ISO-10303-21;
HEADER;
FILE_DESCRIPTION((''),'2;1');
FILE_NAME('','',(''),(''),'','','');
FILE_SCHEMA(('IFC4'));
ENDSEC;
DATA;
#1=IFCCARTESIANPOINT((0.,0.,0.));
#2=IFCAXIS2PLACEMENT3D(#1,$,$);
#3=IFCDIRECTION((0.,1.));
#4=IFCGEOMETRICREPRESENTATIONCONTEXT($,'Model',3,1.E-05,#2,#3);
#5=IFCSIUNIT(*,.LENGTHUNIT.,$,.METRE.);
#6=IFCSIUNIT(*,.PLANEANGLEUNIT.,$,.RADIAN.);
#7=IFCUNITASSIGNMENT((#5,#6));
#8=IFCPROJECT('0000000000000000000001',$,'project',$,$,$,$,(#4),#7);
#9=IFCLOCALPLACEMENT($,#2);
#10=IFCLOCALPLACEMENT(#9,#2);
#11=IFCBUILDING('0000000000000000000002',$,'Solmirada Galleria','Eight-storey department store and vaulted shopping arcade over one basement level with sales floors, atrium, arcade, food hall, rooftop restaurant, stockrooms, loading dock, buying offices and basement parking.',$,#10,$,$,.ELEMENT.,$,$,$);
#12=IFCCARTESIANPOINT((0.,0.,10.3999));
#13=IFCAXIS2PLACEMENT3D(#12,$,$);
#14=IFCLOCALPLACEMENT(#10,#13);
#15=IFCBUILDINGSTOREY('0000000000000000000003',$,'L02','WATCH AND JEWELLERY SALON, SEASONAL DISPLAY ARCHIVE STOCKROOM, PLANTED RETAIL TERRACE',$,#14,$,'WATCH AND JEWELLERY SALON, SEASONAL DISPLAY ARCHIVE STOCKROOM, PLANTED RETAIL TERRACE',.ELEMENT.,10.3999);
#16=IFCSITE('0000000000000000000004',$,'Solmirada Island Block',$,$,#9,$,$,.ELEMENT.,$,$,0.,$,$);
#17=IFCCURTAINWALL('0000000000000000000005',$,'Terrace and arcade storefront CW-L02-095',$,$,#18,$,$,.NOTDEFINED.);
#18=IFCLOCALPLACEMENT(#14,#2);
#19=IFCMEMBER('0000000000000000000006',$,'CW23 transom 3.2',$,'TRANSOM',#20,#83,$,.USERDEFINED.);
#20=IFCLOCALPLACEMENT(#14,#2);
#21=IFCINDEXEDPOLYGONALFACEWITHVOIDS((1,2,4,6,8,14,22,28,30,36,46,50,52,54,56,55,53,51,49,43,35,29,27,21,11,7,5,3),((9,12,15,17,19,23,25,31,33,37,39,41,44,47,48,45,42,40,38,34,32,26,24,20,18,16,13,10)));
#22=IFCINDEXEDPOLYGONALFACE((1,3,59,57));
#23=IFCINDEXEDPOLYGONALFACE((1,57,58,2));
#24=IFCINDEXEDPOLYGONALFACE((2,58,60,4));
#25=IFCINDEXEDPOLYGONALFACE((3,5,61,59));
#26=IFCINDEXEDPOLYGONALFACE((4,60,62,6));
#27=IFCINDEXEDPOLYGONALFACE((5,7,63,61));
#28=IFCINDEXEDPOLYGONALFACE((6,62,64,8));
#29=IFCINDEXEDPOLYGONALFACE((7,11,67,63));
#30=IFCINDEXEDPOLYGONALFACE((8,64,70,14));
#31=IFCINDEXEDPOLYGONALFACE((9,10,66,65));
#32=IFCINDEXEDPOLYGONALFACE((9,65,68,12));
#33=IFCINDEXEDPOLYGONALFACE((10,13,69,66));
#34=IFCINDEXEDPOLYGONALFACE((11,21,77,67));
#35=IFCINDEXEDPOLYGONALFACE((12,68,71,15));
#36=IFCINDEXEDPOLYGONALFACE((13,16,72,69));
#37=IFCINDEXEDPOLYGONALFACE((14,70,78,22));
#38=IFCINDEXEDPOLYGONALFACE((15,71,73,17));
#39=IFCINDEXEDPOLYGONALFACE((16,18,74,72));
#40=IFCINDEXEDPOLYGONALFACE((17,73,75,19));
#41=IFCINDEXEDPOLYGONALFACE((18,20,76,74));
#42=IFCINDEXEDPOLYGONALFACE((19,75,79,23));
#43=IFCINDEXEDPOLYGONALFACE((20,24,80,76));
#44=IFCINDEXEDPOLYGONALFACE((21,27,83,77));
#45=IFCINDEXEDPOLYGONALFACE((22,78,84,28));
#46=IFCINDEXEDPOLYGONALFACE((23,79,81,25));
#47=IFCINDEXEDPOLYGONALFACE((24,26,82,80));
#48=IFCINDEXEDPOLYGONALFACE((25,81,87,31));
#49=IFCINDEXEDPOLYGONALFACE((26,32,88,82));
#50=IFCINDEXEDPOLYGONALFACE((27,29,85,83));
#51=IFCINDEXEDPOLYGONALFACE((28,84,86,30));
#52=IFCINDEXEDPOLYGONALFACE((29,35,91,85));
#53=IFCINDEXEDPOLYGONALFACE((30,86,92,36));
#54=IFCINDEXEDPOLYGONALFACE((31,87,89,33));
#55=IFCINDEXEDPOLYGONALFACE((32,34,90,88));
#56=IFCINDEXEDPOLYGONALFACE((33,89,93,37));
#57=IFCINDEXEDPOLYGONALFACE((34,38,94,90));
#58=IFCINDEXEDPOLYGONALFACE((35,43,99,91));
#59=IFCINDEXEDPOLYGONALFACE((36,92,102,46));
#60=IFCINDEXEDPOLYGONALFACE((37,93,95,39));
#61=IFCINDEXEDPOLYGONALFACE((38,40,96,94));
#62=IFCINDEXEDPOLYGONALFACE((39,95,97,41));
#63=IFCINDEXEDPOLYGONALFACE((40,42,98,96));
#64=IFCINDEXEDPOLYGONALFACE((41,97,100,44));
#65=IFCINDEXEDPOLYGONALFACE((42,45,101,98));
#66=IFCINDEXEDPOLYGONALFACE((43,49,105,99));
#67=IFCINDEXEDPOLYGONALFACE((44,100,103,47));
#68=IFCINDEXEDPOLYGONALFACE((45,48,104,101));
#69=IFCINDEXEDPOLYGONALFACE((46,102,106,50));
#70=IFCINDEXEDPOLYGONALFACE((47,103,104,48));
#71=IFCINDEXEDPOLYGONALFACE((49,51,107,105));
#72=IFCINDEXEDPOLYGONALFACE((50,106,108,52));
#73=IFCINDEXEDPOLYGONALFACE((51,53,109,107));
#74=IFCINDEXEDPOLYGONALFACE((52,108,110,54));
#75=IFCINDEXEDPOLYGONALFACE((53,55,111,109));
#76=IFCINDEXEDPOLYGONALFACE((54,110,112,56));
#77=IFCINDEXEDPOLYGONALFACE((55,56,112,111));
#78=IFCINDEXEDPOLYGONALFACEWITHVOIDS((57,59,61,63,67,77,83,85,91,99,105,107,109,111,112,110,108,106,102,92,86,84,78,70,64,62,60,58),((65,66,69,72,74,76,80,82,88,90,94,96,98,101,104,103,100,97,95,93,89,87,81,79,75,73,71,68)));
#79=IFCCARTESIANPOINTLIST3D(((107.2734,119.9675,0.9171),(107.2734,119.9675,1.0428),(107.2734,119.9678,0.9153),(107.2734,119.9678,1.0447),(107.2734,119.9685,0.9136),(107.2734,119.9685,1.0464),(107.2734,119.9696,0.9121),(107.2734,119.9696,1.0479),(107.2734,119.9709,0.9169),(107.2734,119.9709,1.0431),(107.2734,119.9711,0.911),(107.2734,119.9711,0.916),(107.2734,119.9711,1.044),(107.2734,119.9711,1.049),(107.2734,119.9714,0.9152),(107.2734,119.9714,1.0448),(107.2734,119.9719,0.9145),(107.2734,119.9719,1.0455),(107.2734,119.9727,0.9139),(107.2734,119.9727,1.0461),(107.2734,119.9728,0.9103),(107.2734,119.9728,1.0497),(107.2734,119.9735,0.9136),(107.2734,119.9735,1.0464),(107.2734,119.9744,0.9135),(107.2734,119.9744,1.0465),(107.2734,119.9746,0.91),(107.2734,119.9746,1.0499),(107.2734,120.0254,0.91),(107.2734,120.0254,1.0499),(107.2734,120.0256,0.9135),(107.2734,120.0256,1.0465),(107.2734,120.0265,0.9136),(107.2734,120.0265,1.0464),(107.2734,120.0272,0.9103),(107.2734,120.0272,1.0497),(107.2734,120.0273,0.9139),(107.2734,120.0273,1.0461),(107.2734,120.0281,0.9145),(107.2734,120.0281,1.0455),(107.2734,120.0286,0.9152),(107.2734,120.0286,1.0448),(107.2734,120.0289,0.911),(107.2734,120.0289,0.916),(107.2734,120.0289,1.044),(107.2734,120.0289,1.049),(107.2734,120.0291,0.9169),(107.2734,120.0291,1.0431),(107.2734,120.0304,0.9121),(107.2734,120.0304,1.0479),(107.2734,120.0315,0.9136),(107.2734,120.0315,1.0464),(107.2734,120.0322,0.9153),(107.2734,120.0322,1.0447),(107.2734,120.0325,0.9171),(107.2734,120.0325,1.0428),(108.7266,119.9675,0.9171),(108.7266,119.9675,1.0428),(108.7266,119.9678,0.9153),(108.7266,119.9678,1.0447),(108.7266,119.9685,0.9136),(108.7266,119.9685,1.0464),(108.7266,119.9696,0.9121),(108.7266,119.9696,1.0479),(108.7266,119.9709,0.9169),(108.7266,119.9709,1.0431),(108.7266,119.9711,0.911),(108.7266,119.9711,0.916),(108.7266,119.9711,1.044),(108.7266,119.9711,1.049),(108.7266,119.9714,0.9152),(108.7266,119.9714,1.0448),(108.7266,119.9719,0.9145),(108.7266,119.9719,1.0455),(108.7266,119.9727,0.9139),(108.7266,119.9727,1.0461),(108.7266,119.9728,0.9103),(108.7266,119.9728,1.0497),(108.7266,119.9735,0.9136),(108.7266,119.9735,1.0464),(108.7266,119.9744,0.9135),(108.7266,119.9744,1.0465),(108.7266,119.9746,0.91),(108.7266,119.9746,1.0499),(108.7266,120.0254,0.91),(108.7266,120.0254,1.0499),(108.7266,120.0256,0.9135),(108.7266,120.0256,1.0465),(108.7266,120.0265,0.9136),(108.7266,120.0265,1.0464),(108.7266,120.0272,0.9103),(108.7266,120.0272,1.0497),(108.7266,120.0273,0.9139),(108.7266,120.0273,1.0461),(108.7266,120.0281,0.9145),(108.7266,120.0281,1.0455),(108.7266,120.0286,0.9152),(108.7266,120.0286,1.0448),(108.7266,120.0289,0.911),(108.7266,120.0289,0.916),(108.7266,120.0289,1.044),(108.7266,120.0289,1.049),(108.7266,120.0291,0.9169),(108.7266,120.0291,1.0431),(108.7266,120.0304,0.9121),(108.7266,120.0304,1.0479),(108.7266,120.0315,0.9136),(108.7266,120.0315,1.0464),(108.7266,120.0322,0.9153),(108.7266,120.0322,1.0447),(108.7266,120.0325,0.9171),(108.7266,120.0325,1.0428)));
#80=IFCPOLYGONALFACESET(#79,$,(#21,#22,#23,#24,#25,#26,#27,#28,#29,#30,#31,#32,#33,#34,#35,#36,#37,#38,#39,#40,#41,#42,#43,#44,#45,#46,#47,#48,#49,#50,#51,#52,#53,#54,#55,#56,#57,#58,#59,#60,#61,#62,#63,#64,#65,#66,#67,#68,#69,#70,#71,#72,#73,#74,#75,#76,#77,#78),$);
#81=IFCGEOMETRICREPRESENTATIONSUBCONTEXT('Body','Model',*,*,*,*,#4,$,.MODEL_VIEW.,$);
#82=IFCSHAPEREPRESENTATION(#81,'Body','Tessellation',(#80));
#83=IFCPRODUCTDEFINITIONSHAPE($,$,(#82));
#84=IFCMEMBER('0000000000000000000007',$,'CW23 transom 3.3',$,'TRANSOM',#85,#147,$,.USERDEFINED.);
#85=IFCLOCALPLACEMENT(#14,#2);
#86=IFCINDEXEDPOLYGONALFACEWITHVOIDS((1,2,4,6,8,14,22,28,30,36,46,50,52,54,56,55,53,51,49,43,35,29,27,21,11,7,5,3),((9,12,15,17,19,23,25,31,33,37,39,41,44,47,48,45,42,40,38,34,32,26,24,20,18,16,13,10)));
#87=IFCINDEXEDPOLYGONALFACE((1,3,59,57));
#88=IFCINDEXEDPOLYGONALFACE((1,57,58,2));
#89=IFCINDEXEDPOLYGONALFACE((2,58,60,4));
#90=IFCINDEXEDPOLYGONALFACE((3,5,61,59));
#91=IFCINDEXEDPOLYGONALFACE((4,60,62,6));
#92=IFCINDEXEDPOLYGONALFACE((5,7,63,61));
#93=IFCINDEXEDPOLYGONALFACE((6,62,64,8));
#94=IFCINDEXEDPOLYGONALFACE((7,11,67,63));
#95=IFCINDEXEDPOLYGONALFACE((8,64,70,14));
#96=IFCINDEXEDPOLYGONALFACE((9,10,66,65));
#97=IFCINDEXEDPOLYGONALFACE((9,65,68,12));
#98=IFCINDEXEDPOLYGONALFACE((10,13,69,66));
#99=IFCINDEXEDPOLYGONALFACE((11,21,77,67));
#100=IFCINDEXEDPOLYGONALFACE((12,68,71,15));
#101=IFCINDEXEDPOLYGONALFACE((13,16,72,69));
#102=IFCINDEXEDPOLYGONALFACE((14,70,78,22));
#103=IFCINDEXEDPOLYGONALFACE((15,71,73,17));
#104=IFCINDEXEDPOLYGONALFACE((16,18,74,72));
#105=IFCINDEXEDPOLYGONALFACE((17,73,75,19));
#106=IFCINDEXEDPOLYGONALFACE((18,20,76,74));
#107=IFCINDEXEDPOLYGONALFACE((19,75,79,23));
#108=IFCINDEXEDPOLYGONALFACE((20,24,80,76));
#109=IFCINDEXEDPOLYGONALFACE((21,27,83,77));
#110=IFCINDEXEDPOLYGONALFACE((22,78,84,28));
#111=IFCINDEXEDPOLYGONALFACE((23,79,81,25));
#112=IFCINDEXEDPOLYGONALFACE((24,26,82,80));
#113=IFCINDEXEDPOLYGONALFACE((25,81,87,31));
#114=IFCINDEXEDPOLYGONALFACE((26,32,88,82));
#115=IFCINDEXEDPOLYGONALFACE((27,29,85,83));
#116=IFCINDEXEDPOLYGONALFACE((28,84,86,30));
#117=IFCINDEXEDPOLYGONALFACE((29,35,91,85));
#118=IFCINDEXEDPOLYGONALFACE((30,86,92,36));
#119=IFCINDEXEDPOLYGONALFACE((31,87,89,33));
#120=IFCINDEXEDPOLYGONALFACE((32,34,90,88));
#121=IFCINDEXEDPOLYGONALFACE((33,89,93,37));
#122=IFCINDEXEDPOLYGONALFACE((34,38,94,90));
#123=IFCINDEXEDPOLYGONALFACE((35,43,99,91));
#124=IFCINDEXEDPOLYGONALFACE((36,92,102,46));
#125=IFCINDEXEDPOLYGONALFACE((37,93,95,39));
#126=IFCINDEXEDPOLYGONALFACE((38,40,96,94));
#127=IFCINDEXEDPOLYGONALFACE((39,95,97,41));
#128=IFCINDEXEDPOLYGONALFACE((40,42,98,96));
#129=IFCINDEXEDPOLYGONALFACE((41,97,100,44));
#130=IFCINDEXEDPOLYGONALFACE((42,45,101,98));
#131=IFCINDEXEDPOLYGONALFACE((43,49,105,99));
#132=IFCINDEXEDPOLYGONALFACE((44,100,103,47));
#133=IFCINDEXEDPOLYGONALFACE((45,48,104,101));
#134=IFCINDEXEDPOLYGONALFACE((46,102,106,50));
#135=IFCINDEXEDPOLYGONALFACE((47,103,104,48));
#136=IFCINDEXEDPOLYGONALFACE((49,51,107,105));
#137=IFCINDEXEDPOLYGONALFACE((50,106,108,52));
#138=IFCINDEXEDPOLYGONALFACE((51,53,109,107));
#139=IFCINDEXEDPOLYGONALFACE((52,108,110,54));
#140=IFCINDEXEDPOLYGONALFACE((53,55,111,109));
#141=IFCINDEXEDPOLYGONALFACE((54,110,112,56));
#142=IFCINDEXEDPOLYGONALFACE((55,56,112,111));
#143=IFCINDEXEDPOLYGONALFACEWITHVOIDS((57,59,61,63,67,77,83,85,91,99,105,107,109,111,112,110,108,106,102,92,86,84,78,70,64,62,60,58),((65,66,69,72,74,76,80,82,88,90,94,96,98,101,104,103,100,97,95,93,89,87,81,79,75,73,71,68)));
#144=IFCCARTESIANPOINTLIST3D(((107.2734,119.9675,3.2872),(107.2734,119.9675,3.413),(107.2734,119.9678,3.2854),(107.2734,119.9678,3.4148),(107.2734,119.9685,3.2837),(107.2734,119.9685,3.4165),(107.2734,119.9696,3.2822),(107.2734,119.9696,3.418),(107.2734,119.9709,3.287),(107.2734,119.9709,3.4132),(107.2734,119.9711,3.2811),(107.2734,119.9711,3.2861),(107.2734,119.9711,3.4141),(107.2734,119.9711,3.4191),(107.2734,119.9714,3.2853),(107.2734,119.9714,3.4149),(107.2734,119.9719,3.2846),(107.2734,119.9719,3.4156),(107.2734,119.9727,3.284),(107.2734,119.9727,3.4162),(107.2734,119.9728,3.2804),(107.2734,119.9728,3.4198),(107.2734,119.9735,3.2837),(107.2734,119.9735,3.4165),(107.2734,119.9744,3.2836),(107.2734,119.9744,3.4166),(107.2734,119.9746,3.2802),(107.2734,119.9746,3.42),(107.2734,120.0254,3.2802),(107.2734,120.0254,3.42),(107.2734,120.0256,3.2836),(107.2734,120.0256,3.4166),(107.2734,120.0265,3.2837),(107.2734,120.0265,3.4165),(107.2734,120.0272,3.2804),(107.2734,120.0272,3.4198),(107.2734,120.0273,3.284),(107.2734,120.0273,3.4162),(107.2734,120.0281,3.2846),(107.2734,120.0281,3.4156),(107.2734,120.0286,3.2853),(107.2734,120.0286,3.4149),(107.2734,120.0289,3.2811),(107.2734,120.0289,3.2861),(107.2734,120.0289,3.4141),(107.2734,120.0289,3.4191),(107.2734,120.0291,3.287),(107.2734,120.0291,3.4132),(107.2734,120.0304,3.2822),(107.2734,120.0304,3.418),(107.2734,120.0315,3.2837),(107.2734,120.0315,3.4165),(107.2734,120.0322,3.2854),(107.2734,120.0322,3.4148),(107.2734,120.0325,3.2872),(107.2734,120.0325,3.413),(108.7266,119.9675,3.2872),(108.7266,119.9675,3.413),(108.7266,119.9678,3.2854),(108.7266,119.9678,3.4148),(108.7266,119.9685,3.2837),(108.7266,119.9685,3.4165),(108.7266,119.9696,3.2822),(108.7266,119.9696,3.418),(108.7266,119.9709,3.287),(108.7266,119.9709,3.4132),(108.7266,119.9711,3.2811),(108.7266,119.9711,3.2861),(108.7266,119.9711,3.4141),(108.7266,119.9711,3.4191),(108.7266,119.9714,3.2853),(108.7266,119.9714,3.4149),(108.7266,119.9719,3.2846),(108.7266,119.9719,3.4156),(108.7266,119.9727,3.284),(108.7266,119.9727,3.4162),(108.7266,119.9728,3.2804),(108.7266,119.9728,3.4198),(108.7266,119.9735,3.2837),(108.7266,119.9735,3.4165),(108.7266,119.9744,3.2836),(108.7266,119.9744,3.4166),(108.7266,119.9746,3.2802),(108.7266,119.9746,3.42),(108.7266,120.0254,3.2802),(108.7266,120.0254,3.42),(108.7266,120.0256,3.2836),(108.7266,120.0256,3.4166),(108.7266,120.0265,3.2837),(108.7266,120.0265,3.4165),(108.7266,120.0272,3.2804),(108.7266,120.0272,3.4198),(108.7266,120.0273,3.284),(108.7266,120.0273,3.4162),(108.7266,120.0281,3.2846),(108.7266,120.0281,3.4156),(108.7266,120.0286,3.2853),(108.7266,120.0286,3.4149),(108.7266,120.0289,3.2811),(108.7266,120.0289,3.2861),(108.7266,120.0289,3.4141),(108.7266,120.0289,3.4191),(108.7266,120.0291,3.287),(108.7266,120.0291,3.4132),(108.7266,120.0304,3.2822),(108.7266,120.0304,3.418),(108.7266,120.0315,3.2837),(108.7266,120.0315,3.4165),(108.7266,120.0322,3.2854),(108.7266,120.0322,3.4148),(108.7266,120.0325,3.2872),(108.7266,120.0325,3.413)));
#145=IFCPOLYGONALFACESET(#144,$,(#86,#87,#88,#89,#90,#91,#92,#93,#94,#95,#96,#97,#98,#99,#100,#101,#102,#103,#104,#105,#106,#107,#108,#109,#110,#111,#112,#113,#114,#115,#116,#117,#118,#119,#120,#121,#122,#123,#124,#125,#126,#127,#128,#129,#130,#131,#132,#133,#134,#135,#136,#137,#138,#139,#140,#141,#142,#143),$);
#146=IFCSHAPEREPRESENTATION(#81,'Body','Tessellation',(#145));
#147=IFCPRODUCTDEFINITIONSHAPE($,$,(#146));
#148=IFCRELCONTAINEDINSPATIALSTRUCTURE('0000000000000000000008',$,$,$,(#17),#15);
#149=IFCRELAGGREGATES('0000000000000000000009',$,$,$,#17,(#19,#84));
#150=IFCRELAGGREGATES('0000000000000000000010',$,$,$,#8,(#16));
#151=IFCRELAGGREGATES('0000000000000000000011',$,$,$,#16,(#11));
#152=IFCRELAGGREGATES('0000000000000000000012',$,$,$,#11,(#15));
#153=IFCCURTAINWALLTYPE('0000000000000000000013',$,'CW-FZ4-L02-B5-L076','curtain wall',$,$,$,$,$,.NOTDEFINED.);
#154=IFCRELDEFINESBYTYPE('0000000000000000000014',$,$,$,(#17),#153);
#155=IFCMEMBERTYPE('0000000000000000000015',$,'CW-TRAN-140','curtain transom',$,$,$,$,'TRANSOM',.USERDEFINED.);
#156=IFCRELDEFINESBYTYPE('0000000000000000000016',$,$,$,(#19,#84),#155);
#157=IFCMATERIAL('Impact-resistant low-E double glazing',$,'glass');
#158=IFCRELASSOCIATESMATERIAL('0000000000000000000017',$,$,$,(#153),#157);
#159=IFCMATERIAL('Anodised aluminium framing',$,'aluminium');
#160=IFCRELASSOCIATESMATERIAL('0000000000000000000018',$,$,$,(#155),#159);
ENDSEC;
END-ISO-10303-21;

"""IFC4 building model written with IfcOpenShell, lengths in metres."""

from ifc_helpers import new_model, si_unit, direction, frame, origin, origin_2d, place, context, subcontext, project, spatial, hollow_rectangle, extrude, material, material_profile, profile_set, type_object, element, aggregate, save


model = new_model("IFC4")

# Units and contexts
model_context = context("Model", 3, precision=1e-05, world=origin(), true_north=direction((0.0, 1.0)))
body_context = subcontext(model_context, "Body", "Model", "MODEL_VIEW")
ifc_project = project(units=[si_unit("LENGTHUNIT", "METRE"), si_unit("PLANEANGLEUNIT", "RADIAN")], contexts=[model_context])

# Site, building, storey
site_placement = place(None, origin())
site = spatial("IfcSite", under=ifc_project, at=site_placement, Name="Solmirada Island Block", CompositionType="ELEMENT", RefElevation=0.0)
building_placement = place(site_placement, origin())
building = spatial("IfcBuilding", under=site, at=building_placement, Name="Solmirada Galleria", Description="Eight-storey department store and vaulted shopping arcade over one basement level with sales floors, atrium, arcade, food hall, rooftop restaurant, stockrooms, loading dock, buying offices and basement parking.", CompositionType="ELEMENT")
storey_placement = place(building_placement, frame((0.0, 0.0, 10.3999)))
storey = spatial("IfcBuildingStorey", under=building, at=storey_placement, Name="L02", Description="WATCH AND JEWELLERY SALON, SEASONAL DISPLAY ARCHIVE STOCKROOM, PLANTED RETAIL TERRACE", LongName="WATCH AND JEWELLERY SALON, SEASONAL DISPLAY ARCHIVE STOCKROOM, PLANTED RETAIL TERRACE", CompositionType="ELEMENT", Elevation=10.3999)

# Curtain wall, members
ifc_material_1 = material(Name="Impact-resistant low-E double glazing", Category="glass")
curtain_wall_type = type_object("IfcCurtainWallType", Name="CW-FZ4-L02-B5-L076", Description="curtain wall", PredefinedType="NOTDEFINED", material=ifc_material_1)
curtain_wall_placement = place(storey_placement, origin())
curtain_wall = element("IfcCurtainWall", 1, at=curtain_wall_placement, inside=storey, type_object=curtain_wall_type, Name="Terrace and arcade storefront CW-L02-095", PredefinedType="NOTDEFINED")
ifc_material_2 = material(Name="Anodised aluminium framing", Category="aluminium")
ifc_material_profile_1 = material_profile(ifc_material_2, hollow_rectangle(XDim=0.0649, YDim=0.1399, WallThickness=0.0034, InnerFilletRadius=0.0034, OuterFilletRadius=0.0071, at=origin_2d()), Name="ALU-TRAN-140X65")
ifc_profile_set_1 = profile_set([ifc_material_profile_1], Name="Anodised aluminium framing")
member_type_1 = type_object("IfcMemberType", Name="CW-TRAN-140", Description="curtain transom", ElementType="TRANSOM", PredefinedType="USERDEFINED", material=ifc_profile_set_1)
member_1_placement = place(storey_placement, frame((107.2734, 120.0, 0.98), z_axis=(1.0, 0.0, 0.0), x_axis=(0.0, 1.0, 0.0)))
member_1 = element("IfcMember", 2, at=member_1_placement, type_object=member_type_1, Name="CW23 transom 3.2", ObjectType="TRANSOM", PredefinedType="USERDEFINED", context=body_context, shape_type="SweptSolid", body=[
    extrude(hollow_rectangle(XDim=0.0649, YDim=0.1399, WallThickness=0.0034, InnerFilletRadius=0.0034, OuterFilletRadius=0.0071, at=origin_2d()), origin(), (0.0, 0.0, 1.0), 1.4531),
])
member_2_placement = place(storey_placement, frame((107.2734, 120.0, 3.3501), z_axis=(1.0, 0.0, 0.0), x_axis=(0.0, 1.0, 0.0)))
member_2 = element("IfcMember", 3, at=member_2_placement, type_object=member_type_1, Name="CW23 transom 3.3", ObjectType="TRANSOM", PredefinedType="USERDEFINED", context=body_context, shape_type="SweptSolid", body=[
    extrude(hollow_rectangle(XDim=0.0649, YDim=0.1399, WallThickness=0.0034, InnerFilletRadius=0.0034, OuterFilletRadius=0.0071, at=origin_2d()), origin(), (0.0, 0.0, 1.0), 1.4531),
])
aggregate(curtain_wall, [member_1, member_2])

save(model, "model.ifc")
